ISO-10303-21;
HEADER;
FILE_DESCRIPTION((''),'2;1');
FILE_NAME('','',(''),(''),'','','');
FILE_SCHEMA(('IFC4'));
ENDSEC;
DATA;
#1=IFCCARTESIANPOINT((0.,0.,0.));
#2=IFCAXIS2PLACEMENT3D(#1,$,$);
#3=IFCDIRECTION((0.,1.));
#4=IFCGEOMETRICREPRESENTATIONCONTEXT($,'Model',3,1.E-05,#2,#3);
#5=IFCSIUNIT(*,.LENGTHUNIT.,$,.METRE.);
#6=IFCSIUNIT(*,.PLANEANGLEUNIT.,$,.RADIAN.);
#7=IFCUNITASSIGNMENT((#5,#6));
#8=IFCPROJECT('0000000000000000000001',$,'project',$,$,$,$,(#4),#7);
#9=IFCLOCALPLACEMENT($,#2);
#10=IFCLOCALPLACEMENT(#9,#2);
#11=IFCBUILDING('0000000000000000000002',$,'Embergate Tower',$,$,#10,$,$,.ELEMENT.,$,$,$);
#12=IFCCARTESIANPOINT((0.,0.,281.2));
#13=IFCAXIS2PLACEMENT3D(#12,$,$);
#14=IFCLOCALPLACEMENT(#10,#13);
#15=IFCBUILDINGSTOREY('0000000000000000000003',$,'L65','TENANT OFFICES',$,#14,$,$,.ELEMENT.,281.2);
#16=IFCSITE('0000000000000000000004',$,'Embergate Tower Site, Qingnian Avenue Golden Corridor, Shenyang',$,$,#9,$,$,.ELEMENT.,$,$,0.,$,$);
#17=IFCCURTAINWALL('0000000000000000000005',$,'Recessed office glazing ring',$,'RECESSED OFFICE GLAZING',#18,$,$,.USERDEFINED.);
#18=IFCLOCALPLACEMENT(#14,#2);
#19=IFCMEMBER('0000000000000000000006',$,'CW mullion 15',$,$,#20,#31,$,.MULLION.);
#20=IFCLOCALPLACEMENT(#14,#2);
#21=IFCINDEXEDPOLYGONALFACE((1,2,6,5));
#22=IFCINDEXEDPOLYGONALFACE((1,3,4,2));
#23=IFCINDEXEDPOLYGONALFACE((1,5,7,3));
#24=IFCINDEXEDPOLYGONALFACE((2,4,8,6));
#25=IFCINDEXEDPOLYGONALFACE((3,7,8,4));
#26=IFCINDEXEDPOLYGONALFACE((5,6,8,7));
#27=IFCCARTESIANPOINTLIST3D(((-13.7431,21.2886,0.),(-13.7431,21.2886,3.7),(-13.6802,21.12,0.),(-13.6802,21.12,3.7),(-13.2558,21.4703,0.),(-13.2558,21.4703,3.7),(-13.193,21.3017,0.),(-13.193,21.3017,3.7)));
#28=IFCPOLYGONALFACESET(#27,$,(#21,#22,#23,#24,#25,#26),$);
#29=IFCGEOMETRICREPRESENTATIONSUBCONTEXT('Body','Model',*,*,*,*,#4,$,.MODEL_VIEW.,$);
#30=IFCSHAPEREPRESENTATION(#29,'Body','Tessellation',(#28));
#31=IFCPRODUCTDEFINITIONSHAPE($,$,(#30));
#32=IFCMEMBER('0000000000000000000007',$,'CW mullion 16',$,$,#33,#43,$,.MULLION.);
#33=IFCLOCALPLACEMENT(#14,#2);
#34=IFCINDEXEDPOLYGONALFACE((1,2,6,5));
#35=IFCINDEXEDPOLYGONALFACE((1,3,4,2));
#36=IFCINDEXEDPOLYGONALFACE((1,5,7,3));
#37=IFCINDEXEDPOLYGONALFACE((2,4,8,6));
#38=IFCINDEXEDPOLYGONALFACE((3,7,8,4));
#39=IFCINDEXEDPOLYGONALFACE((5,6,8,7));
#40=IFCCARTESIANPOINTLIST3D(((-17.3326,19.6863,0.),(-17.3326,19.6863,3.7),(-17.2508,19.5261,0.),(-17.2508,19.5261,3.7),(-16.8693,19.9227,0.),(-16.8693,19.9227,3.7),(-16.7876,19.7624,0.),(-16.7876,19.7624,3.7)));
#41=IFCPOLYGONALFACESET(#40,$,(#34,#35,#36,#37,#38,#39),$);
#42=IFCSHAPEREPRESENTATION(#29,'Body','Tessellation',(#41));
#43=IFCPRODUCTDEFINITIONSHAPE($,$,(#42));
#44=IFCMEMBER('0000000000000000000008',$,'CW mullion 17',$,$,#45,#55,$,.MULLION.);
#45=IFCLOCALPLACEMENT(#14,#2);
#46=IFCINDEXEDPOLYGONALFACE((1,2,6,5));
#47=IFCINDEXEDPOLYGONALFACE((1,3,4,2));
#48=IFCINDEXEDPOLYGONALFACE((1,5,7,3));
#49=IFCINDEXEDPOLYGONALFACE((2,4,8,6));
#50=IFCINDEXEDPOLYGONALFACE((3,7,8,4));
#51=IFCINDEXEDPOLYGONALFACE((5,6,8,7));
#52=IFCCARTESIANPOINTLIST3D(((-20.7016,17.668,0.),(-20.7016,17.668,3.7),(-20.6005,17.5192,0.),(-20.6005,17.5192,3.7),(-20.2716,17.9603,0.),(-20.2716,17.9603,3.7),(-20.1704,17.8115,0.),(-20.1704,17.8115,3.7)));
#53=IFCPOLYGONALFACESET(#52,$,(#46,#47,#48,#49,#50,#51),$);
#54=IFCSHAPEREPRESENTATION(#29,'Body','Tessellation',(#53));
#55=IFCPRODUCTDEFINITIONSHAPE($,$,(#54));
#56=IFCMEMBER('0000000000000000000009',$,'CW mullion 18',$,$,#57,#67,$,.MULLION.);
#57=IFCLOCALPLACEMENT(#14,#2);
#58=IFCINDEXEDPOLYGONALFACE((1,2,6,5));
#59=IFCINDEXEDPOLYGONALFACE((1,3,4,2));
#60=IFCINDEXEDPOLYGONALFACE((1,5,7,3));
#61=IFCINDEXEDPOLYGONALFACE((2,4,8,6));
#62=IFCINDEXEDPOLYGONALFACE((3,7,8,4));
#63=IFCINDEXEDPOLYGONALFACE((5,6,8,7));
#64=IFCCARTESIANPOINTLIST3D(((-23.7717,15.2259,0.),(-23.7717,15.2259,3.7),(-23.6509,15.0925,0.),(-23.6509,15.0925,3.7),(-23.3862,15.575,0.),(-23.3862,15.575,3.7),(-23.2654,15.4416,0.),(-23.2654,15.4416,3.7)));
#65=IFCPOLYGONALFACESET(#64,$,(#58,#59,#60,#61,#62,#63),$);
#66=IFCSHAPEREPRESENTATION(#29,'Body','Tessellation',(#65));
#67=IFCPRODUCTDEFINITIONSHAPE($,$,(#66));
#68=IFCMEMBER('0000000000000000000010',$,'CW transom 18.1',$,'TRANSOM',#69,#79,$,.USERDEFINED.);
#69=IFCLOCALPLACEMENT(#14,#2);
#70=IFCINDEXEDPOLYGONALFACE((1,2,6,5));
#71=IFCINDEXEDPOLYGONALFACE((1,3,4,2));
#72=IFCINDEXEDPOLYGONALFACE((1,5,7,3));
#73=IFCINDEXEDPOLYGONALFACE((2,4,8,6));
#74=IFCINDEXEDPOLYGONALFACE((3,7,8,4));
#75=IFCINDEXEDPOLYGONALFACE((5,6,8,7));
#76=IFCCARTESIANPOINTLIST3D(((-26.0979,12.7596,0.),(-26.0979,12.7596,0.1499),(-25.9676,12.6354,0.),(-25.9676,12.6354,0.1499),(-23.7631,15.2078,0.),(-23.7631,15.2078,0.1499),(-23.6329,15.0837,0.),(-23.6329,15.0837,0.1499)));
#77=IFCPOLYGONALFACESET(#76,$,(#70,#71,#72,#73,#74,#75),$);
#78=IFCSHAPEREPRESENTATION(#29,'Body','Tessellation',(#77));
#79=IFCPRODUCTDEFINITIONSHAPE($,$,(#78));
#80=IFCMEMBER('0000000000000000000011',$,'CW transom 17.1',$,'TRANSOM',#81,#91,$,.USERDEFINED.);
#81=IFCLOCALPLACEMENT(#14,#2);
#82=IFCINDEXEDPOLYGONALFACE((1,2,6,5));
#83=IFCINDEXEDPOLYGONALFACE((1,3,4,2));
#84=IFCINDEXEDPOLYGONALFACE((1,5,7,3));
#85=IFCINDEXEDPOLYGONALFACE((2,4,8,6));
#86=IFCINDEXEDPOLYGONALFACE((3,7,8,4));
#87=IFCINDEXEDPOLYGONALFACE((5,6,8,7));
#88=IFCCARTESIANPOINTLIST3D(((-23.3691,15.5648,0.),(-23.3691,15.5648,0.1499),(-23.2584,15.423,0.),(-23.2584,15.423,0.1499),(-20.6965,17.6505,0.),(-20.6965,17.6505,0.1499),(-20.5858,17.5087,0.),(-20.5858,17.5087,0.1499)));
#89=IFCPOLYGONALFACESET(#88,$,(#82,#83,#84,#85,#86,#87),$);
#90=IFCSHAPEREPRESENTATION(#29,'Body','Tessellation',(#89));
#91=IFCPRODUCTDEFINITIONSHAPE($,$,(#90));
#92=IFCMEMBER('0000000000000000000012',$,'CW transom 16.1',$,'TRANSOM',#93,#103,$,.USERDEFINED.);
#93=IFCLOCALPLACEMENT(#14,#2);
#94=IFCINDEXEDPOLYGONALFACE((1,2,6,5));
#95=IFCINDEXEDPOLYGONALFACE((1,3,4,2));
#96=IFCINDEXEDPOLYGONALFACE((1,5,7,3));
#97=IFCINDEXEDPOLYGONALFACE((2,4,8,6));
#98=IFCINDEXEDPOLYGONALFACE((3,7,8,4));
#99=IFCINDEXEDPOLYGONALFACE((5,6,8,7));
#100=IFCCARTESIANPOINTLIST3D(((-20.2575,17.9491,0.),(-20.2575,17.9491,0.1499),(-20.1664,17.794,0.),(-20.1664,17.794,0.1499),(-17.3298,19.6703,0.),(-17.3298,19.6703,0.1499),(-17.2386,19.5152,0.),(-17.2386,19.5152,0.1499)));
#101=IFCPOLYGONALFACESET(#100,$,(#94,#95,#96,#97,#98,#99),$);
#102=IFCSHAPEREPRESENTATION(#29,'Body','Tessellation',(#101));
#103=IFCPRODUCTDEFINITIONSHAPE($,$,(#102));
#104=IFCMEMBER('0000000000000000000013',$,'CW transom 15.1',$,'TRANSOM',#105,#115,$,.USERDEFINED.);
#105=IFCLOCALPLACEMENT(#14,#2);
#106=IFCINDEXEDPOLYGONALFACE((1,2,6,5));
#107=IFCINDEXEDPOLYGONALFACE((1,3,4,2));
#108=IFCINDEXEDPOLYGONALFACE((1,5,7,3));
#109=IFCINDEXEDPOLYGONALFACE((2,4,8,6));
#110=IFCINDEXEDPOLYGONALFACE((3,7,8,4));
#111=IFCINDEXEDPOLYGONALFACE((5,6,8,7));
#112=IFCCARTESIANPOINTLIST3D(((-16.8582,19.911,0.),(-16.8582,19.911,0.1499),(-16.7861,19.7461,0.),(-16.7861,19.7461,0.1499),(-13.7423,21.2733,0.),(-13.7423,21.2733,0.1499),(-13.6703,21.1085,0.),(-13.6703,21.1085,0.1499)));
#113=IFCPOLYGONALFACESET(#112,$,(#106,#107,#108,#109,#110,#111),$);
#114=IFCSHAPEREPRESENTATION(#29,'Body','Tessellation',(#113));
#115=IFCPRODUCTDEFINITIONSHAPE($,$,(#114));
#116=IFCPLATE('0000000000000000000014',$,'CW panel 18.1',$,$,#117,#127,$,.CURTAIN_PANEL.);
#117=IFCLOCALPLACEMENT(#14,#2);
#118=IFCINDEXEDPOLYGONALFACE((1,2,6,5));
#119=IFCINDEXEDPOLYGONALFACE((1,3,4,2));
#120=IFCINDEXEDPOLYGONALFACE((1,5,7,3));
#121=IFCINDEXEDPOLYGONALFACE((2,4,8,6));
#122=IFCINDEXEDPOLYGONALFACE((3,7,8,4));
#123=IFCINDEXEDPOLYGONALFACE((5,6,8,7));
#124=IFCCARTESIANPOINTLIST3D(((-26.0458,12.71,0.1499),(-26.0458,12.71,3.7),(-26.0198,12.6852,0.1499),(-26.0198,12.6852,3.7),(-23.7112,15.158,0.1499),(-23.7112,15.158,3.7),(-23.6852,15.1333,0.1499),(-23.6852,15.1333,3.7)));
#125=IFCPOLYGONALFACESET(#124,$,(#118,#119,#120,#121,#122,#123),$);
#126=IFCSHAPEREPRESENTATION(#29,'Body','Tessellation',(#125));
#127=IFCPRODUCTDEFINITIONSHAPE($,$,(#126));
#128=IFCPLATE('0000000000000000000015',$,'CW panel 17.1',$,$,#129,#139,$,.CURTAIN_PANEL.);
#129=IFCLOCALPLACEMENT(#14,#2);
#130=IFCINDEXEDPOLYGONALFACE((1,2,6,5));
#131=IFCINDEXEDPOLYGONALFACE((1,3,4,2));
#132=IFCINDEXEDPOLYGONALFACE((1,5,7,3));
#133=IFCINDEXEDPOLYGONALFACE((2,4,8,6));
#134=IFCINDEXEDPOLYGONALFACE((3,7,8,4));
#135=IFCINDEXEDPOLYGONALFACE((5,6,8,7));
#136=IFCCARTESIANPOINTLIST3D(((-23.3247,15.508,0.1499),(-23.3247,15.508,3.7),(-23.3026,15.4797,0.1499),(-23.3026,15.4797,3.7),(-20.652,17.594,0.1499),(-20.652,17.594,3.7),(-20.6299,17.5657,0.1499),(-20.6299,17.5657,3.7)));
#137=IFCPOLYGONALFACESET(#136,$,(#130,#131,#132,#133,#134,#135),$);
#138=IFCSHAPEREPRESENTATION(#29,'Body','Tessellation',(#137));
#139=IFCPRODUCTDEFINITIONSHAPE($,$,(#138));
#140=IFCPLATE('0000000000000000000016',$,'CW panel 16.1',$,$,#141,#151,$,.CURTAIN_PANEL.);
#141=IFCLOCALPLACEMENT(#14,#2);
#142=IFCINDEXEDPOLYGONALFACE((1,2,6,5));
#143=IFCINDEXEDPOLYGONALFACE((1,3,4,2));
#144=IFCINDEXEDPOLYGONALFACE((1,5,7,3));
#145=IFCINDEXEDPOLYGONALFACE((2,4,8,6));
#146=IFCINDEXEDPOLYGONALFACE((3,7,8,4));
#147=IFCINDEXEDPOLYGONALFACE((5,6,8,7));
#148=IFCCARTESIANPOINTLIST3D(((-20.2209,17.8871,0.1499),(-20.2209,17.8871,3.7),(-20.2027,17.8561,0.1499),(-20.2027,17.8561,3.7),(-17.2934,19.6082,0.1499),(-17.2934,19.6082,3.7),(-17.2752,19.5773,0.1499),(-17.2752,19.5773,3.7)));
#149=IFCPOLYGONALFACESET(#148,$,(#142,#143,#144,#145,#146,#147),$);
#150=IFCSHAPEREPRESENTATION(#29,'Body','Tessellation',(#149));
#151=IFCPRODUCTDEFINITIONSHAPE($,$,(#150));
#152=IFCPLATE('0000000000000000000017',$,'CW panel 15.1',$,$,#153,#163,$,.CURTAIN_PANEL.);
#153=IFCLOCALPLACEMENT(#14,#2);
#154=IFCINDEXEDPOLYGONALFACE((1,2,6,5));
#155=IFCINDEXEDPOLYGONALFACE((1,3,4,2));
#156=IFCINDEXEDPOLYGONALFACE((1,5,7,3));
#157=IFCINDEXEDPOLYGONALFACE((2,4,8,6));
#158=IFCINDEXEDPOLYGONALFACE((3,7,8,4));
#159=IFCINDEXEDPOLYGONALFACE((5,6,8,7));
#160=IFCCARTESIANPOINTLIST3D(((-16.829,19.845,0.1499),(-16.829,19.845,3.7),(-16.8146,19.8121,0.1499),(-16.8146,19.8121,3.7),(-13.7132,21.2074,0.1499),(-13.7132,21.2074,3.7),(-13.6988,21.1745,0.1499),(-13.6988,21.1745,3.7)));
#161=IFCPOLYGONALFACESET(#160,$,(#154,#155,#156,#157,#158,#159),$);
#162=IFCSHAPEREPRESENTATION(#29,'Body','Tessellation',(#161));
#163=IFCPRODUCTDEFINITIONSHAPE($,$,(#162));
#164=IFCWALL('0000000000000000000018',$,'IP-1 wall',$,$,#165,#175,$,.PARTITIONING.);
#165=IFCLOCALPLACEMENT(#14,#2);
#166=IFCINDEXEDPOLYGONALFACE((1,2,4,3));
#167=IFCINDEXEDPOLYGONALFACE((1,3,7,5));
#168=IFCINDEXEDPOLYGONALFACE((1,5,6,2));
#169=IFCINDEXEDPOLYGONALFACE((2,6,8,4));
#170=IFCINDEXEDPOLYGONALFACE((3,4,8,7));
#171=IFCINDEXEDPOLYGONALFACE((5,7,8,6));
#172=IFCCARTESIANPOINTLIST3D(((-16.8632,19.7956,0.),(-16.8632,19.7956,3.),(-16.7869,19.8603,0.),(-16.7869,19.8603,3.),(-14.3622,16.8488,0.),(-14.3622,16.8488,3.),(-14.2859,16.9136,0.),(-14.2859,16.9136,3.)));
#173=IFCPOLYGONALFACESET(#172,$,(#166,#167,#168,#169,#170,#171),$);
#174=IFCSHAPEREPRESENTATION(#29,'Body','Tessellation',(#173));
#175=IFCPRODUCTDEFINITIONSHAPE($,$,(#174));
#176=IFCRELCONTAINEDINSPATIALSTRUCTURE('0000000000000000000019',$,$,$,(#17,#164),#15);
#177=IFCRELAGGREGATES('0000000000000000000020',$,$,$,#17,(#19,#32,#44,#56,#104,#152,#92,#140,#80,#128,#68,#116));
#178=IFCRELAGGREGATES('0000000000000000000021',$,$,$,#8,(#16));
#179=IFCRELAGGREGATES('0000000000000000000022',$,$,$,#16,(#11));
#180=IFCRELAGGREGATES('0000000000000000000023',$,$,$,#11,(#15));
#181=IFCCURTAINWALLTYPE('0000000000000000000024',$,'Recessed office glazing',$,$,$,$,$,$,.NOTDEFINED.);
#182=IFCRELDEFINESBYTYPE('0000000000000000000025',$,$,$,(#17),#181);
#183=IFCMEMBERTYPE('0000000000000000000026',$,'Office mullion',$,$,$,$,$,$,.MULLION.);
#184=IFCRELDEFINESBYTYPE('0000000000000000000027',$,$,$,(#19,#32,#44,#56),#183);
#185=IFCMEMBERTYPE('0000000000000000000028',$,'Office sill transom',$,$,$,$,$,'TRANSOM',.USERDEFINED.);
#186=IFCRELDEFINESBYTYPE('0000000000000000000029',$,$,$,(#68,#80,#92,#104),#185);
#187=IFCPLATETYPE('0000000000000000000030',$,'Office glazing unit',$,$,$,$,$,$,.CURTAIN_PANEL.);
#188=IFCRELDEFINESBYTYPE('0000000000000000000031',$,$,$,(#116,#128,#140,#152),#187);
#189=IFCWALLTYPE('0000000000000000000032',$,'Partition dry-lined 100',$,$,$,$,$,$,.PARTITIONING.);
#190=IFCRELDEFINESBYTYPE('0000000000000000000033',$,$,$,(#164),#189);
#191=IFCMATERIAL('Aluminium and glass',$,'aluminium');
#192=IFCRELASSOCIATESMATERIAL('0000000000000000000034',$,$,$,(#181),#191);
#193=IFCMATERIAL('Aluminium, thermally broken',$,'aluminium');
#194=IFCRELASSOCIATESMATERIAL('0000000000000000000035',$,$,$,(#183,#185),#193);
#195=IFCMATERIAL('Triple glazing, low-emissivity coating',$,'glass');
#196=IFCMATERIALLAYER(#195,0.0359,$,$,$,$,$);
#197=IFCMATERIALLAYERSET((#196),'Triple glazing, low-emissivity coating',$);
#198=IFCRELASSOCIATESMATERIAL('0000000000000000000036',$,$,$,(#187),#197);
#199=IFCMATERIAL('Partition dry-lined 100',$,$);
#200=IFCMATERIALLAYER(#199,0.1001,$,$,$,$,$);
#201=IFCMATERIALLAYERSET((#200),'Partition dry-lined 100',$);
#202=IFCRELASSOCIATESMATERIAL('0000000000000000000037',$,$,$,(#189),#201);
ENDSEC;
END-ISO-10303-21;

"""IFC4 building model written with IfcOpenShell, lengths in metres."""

from ifc_helpers import new_model, si_unit, direction, frame, frame_2d, origin, origin_2d, place, context, subcontext, project, spatial, rectangle, extrude, source, transform, mapped, material, layer, layer_set, material_profile, profile_set, type_object, element, aggregate, save


model = new_model("IFC4")

# Units and contexts
model_context = context("Model", 3, precision=1e-05, world=origin(), true_north=direction((0.0, 1.0)))
body_context = subcontext(model_context, "Body", "Model", "MODEL_VIEW")
ifc_project = project(units=[si_unit("LENGTHUNIT", "METRE"), si_unit("PLANEANGLEUNIT", "RADIAN")], contexts=[model_context])

# Site, building, storey
site_placement = place(None, origin())
site = spatial("IfcSite", under=ifc_project, at=site_placement, Name="Embergate Tower Site, Qingnian Avenue Golden Corridor, Shenyang", CompositionType="ELEMENT", RefElevation=0.0)
building_placement = place(site_placement, origin())
building = spatial("IfcBuilding", under=site, at=building_placement, Name="Embergate Tower", CompositionType="ELEMENT")
storey_placement = place(building_placement, frame((0.0, 0.0, 281.2)))
storey = spatial("IfcBuildingStorey", under=building, at=storey_placement, Name="L65", Description="TENANT OFFICES", CompositionType="ELEMENT", Elevation=281.2)

# Curtain wall, members, plates
ifc_material_1 = material(Name="Aluminium and glass", Category="aluminium")
curtain_wall_type = type_object("IfcCurtainWallType", Name="Recessed office glazing", PredefinedType="NOTDEFINED", material=ifc_material_1)
curtain_wall_placement = place(storey_placement, origin())
curtain_wall = element("IfcCurtainWall", 1, at=curtain_wall_placement, inside=storey, type_object=curtain_wall_type, Name="Recessed office glazing ring", ObjectType="RECESSED OFFICE GLAZING", PredefinedType="USERDEFINED")
ifc_material_2 = material(Name="Aluminium, thermally broken", Category="aluminium")
ifc_material_profile_1 = material_profile(ifc_material_2, rectangle(XDim=0.1799, YDim=0.52, at=origin_2d()), Name="AL 520x180")
ifc_profile_set_1 = profile_set([ifc_material_profile_1], Name="Aluminium, thermally broken")
member_type_1 = type_object("IfcMemberType", Name="Office mullion", PredefinedType="MULLION", material=ifc_profile_set_1)
shared_shape_1 = source(origin(), body_context, "Body", "SweptSolid", [
    extrude(rectangle(XDim=0.1799, YDim=0.52, at=origin_2d()), origin(), (0.0, 0.0, 1.0), 3.7),
])
member_1_placement = place(storey_placement, frame((-13.468, 21.2952, 0.0), z_axis=(0.0, 0.0, 1.0), x_axis=(0.349498, -0.936937, 0.0)))
member_1 = element("IfcMember", 2, at=member_1_placement, type_object=member_type_1, Name="CW mullion 15", PredefinedType="MULLION", context=body_context, shape_type="MappedRepresentation", body=[
    mapped(shared_shape_1, transform((0.0, 0.0, 0.0))),
])
member_2_placement = place(storey_placement, frame((-17.0601, 19.7244, 0.0), z_axis=(0.0, 0.0, 1.0), x_axis=(0.454504, -0.890745, 0.0)))
member_2 = element("IfcMember", 3, at=member_2_placement, type_object=member_type_1, Name="CW mullion 16", PredefinedType="MULLION", context=body_context, shape_type="MappedRepresentation", body=[
    mapped(shared_shape_1, transform((0.0, 0.0, 0.0))),
])
member_3_placement = place(storey_placement, frame((-20.436, 17.7397, 0.0), z_axis=(0.0, 0.0, 1.0), x_axis=(0.562208, -0.826996, 0.0)))
member_3 = element("IfcMember", 4, at=member_3_placement, type_object=member_type_1, Name="CW mullion 17", PredefinedType="MULLION", context=body_context, shape_type="MappedRepresentation", body=[
    mapped(shared_shape_1, transform((0.0, 0.0, 0.0))),
])
member_4_placement = place(storey_placement, frame((-23.5186, 15.3337, 0.0), z_axis=(0.0, 0.0, 1.0), x_axis=(0.671216, -0.741262, 0.0)))
member_4 = element("IfcMember", 5, at=member_4_placement, type_object=member_type_1, Name="CW mullion 18", PredefinedType="MULLION", context=body_context, shape_type="MappedRepresentation", body=[
    mapped(shared_shape_1, transform((0.0, 0.0, 0.0))),
])
ifc_material_profile_2 = material_profile(ifc_material_2, rectangle(XDim=0.1799, YDim=0.1499, at=origin_2d()), Name="AL 150x180")
ifc_profile_set_2 = profile_set([ifc_material_profile_2], Name="Aluminium, thermally broken")
member_type_2 = type_object("IfcMemberType", Name="Office sill transom", ElementType="TRANSOM", PredefinedType="USERDEFINED", material=ifc_profile_set_2)
shared_shape_2 = source(origin(), body_context, "Body", "SweptSolid", [
    extrude(rectangle(XDim=0.1799, YDim=0.1499, at=origin_2d()), origin(), (0.0, 0.0, 1.0), 3.3831),
])
member_5_placement = place(storey_placement, frame((-23.698, 15.1458, 0.075), z_axis=(-0.690129, -0.723686, 0.0), x_axis=(0.723686, -0.690129, 0.0)))
member_5 = element("IfcMember", 6, at=member_5_placement, type_object=member_type_2, Name="CW transom 18.1", ObjectType="TRANSOM", PredefinedType="USERDEFINED", context=body_context, shape_type="MappedRepresentation", body=[
    mapped(shared_shape_2, transform((0.0, 0.0, 0.0))),
])
shared_shape_3 = source(origin(), body_context, "Body", "SweptSolid", [
    extrude(rectangle(XDim=0.1799, YDim=0.1499, at=origin_2d()), origin(), (0.0, 0.0, 1.0), 3.3901),
])
member_6_placement = place(storey_placement, frame((-20.6411, 17.5796, 0.075), z_axis=(-0.788351, -0.615226, 0.0), x_axis=(0.615226, -0.788351, 0.0)))
member_6 = element("IfcMember", 7, at=member_6_placement, type_object=member_type_2, Name="CW transom 17.1", ObjectType="TRANSOM", PredefinedType="USERDEFINED", context=body_context, shape_type="MappedRepresentation", body=[
    mapped(shared_shape_3, transform((0.0, 0.0, 0.0))),
])
shared_shape_4 = source(origin(), body_context, "Body", "SweptSolid", [
    extrude(rectangle(XDim=0.1799, YDim=0.1499, at=origin_2d()), origin(), (0.0, 0.0, 1.0), 3.3962),
])
member_7_placement = place(storey_placement, frame((-17.2842, 19.5928, 0.075), z_axis=(-0.862064, -0.5068, 0.0), x_axis=(0.5068, -0.862064, 0.0)))
member_7 = element("IfcMember", 8, at=member_7_placement, type_object=member_type_2, Name="CW transom 16.1", ObjectType="TRANSOM", PredefinedType="USERDEFINED", context=body_context, shape_type="MappedRepresentation", body=[
    mapped(shared_shape_4, transform((0.0, 0.0, 0.0))),
])
shared_shape_5 = source(origin(), body_context, "Body", "SweptSolid", [
    extrude(rectangle(XDim=0.1799, YDim=0.1499, at=origin_2d()), origin(), (0.0, 0.0, 1.0), 3.4006),
])
member_8_placement = place(storey_placement, frame((-13.7063, 21.1909, 0.075), z_axis=(-0.916246, -0.400615, 0.0), x_axis=(0.400615, -0.916246, 0.0)))
member_8 = element("IfcMember", 9, at=member_8_placement, type_object=member_type_2, Name="CW transom 15.1", ObjectType="TRANSOM", PredefinedType="USERDEFINED", context=body_context, shape_type="MappedRepresentation", body=[
    mapped(shared_shape_5, transform((0.0, 0.0, 0.0))),
])
ifc_material_3 = material(Name="Triple glazing, low-emissivity coating", Category="glass")
ifc_layer_1 = layer(ifc_material_3, 0.0359)
ifc_layer_set_1 = layer_set([ifc_layer_1], Name="Triple glazing, low-emissivity coating")
plate_type = type_object("IfcPlateType", Name="Office glazing unit", PredefinedType="CURTAIN_PANEL", material=ifc_layer_set_1)
shared_shape_6 = source(origin(), body_context, "Body", "SweptSolid", [
    extrude(rectangle(XDim=3.3828, YDim=0.0359, at=origin_2d()), origin(), (0.0, 0.0, 1.0), 3.55),
])
plate_1_placement = place(storey_placement, frame((-24.8655, 13.9216, 0.1499), z_axis=(0.0, 0.0, 1.0), x_axis=(-0.690139, -0.723677, 0.0)))
plate_1 = element("IfcPlate", 10, at=plate_1_placement, type_object=plate_type, Name="CW panel 18.1", PredefinedType="CURTAIN_PANEL", context=body_context, shape_type="MappedRepresentation", body=[
    mapped(shared_shape_6, transform((0.0, 0.0, 0.0))),
])
shared_shape_7 = source(origin(), body_context, "Body", "SweptSolid", [
    extrude(rectangle(XDim=3.3904, YDim=0.0359, at=origin_2d()), origin(), (0.0, 0.0, 1.0), 3.55),
])
plate_2_placement = place(storey_placement, frame((-21.9773, 16.5369, 0.1499), z_axis=(0.0, 0.0, 1.0), x_axis=(-0.788323, -0.615261, 0.0)))
plate_2 = element("IfcPlate", 11, at=plate_2_placement, type_object=plate_type, Name="CW panel 17.1", PredefinedType="CURTAIN_PANEL", context=body_context, shape_type="MappedRepresentation", body=[
    mapped(shared_shape_7, transform((0.0, 0.0, 0.0))),
])
shared_shape_8 = source(origin(), body_context, "Body", "SweptSolid", [
    extrude(rectangle(XDim=3.396, YDim=0.0359, at=origin_2d()), origin(), (0.0, 0.0, 1.0), 3.55),
])
plate_3_placement = place(storey_placement, frame((-18.748, 18.7322, 0.1499), z_axis=(0.0, 0.0, 1.0), x_axis=(-0.862055, -0.506815, 0.0)))
plate_3 = element("IfcPlate", 12, at=plate_3_placement, type_object=plate_type, Name="CW panel 16.1", PredefinedType="CURTAIN_PANEL", context=body_context, shape_type="MappedRepresentation", body=[
    mapped(shared_shape_8, transform((0.0, 0.0, 0.0))),
])
shared_shape_9 = source(origin(), body_context, "Body", "SweptSolid", [
    extrude(rectangle(XDim=3.4006, YDim=0.0359, at=origin_2d()), origin(), (0.0, 0.0, 1.0), 3.55),
])
plate_4_placement = place(storey_placement, frame((-15.2639, 20.5098, 0.1499), z_axis=(0.0, 0.0, 1.0), x_axis=(-0.916237, -0.400637, 0.0)))
plate_4 = element("IfcPlate", 13, at=plate_4_placement, type_object=plate_type, Name="CW panel 15.1", PredefinedType="CURTAIN_PANEL", context=body_context, shape_type="MappedRepresentation", body=[
    mapped(shared_shape_9, transform((0.0, 0.0, 0.0))),
])
aggregate(curtain_wall, [member_1, member_2, member_3, member_4, member_8, plate_4, member_7, plate_3, member_6, plate_2, member_5, plate_1])

# Wall
ifc_material_4 = material(Name="Partition dry-lined 100")
ifc_layer_2 = layer(ifc_material_4, 0.1001)
ifc_layer_set_2 = layer_set([ifc_layer_2], Name="Partition dry-lined 100")
wall_type = type_object("IfcWallType", Name="Partition dry-lined 100", PredefinedType="PARTITIONING", material=ifc_layer_set_2)
shared_shape_10 = source(origin(), body_context, "Body", "SweptSolid", [
    extrude(rectangle(XDim=3.865, YDim=0.1001, at=frame_2d((1.9326, 0.0))), origin(), (0.0, 0.0, 1.0), 3.0),
])
wall_1_placement = place(storey_placement, frame((-14.324, 16.8811, 0.0), z_axis=(0.0, 0.0, 1.0), x_axis=(-0.64708, 0.762422, 0.0)))
element("IfcWall", 14, at=wall_1_placement, inside=storey, type_object=wall_type, Name="IP-1 wall", PredefinedType="PARTITIONING", context=body_context, shape_type="MappedRepresentation", body=[
    mapped(shared_shape_10, transform((0.0, 0.0, 0.0))),
])

save(model, "model.ifc")
